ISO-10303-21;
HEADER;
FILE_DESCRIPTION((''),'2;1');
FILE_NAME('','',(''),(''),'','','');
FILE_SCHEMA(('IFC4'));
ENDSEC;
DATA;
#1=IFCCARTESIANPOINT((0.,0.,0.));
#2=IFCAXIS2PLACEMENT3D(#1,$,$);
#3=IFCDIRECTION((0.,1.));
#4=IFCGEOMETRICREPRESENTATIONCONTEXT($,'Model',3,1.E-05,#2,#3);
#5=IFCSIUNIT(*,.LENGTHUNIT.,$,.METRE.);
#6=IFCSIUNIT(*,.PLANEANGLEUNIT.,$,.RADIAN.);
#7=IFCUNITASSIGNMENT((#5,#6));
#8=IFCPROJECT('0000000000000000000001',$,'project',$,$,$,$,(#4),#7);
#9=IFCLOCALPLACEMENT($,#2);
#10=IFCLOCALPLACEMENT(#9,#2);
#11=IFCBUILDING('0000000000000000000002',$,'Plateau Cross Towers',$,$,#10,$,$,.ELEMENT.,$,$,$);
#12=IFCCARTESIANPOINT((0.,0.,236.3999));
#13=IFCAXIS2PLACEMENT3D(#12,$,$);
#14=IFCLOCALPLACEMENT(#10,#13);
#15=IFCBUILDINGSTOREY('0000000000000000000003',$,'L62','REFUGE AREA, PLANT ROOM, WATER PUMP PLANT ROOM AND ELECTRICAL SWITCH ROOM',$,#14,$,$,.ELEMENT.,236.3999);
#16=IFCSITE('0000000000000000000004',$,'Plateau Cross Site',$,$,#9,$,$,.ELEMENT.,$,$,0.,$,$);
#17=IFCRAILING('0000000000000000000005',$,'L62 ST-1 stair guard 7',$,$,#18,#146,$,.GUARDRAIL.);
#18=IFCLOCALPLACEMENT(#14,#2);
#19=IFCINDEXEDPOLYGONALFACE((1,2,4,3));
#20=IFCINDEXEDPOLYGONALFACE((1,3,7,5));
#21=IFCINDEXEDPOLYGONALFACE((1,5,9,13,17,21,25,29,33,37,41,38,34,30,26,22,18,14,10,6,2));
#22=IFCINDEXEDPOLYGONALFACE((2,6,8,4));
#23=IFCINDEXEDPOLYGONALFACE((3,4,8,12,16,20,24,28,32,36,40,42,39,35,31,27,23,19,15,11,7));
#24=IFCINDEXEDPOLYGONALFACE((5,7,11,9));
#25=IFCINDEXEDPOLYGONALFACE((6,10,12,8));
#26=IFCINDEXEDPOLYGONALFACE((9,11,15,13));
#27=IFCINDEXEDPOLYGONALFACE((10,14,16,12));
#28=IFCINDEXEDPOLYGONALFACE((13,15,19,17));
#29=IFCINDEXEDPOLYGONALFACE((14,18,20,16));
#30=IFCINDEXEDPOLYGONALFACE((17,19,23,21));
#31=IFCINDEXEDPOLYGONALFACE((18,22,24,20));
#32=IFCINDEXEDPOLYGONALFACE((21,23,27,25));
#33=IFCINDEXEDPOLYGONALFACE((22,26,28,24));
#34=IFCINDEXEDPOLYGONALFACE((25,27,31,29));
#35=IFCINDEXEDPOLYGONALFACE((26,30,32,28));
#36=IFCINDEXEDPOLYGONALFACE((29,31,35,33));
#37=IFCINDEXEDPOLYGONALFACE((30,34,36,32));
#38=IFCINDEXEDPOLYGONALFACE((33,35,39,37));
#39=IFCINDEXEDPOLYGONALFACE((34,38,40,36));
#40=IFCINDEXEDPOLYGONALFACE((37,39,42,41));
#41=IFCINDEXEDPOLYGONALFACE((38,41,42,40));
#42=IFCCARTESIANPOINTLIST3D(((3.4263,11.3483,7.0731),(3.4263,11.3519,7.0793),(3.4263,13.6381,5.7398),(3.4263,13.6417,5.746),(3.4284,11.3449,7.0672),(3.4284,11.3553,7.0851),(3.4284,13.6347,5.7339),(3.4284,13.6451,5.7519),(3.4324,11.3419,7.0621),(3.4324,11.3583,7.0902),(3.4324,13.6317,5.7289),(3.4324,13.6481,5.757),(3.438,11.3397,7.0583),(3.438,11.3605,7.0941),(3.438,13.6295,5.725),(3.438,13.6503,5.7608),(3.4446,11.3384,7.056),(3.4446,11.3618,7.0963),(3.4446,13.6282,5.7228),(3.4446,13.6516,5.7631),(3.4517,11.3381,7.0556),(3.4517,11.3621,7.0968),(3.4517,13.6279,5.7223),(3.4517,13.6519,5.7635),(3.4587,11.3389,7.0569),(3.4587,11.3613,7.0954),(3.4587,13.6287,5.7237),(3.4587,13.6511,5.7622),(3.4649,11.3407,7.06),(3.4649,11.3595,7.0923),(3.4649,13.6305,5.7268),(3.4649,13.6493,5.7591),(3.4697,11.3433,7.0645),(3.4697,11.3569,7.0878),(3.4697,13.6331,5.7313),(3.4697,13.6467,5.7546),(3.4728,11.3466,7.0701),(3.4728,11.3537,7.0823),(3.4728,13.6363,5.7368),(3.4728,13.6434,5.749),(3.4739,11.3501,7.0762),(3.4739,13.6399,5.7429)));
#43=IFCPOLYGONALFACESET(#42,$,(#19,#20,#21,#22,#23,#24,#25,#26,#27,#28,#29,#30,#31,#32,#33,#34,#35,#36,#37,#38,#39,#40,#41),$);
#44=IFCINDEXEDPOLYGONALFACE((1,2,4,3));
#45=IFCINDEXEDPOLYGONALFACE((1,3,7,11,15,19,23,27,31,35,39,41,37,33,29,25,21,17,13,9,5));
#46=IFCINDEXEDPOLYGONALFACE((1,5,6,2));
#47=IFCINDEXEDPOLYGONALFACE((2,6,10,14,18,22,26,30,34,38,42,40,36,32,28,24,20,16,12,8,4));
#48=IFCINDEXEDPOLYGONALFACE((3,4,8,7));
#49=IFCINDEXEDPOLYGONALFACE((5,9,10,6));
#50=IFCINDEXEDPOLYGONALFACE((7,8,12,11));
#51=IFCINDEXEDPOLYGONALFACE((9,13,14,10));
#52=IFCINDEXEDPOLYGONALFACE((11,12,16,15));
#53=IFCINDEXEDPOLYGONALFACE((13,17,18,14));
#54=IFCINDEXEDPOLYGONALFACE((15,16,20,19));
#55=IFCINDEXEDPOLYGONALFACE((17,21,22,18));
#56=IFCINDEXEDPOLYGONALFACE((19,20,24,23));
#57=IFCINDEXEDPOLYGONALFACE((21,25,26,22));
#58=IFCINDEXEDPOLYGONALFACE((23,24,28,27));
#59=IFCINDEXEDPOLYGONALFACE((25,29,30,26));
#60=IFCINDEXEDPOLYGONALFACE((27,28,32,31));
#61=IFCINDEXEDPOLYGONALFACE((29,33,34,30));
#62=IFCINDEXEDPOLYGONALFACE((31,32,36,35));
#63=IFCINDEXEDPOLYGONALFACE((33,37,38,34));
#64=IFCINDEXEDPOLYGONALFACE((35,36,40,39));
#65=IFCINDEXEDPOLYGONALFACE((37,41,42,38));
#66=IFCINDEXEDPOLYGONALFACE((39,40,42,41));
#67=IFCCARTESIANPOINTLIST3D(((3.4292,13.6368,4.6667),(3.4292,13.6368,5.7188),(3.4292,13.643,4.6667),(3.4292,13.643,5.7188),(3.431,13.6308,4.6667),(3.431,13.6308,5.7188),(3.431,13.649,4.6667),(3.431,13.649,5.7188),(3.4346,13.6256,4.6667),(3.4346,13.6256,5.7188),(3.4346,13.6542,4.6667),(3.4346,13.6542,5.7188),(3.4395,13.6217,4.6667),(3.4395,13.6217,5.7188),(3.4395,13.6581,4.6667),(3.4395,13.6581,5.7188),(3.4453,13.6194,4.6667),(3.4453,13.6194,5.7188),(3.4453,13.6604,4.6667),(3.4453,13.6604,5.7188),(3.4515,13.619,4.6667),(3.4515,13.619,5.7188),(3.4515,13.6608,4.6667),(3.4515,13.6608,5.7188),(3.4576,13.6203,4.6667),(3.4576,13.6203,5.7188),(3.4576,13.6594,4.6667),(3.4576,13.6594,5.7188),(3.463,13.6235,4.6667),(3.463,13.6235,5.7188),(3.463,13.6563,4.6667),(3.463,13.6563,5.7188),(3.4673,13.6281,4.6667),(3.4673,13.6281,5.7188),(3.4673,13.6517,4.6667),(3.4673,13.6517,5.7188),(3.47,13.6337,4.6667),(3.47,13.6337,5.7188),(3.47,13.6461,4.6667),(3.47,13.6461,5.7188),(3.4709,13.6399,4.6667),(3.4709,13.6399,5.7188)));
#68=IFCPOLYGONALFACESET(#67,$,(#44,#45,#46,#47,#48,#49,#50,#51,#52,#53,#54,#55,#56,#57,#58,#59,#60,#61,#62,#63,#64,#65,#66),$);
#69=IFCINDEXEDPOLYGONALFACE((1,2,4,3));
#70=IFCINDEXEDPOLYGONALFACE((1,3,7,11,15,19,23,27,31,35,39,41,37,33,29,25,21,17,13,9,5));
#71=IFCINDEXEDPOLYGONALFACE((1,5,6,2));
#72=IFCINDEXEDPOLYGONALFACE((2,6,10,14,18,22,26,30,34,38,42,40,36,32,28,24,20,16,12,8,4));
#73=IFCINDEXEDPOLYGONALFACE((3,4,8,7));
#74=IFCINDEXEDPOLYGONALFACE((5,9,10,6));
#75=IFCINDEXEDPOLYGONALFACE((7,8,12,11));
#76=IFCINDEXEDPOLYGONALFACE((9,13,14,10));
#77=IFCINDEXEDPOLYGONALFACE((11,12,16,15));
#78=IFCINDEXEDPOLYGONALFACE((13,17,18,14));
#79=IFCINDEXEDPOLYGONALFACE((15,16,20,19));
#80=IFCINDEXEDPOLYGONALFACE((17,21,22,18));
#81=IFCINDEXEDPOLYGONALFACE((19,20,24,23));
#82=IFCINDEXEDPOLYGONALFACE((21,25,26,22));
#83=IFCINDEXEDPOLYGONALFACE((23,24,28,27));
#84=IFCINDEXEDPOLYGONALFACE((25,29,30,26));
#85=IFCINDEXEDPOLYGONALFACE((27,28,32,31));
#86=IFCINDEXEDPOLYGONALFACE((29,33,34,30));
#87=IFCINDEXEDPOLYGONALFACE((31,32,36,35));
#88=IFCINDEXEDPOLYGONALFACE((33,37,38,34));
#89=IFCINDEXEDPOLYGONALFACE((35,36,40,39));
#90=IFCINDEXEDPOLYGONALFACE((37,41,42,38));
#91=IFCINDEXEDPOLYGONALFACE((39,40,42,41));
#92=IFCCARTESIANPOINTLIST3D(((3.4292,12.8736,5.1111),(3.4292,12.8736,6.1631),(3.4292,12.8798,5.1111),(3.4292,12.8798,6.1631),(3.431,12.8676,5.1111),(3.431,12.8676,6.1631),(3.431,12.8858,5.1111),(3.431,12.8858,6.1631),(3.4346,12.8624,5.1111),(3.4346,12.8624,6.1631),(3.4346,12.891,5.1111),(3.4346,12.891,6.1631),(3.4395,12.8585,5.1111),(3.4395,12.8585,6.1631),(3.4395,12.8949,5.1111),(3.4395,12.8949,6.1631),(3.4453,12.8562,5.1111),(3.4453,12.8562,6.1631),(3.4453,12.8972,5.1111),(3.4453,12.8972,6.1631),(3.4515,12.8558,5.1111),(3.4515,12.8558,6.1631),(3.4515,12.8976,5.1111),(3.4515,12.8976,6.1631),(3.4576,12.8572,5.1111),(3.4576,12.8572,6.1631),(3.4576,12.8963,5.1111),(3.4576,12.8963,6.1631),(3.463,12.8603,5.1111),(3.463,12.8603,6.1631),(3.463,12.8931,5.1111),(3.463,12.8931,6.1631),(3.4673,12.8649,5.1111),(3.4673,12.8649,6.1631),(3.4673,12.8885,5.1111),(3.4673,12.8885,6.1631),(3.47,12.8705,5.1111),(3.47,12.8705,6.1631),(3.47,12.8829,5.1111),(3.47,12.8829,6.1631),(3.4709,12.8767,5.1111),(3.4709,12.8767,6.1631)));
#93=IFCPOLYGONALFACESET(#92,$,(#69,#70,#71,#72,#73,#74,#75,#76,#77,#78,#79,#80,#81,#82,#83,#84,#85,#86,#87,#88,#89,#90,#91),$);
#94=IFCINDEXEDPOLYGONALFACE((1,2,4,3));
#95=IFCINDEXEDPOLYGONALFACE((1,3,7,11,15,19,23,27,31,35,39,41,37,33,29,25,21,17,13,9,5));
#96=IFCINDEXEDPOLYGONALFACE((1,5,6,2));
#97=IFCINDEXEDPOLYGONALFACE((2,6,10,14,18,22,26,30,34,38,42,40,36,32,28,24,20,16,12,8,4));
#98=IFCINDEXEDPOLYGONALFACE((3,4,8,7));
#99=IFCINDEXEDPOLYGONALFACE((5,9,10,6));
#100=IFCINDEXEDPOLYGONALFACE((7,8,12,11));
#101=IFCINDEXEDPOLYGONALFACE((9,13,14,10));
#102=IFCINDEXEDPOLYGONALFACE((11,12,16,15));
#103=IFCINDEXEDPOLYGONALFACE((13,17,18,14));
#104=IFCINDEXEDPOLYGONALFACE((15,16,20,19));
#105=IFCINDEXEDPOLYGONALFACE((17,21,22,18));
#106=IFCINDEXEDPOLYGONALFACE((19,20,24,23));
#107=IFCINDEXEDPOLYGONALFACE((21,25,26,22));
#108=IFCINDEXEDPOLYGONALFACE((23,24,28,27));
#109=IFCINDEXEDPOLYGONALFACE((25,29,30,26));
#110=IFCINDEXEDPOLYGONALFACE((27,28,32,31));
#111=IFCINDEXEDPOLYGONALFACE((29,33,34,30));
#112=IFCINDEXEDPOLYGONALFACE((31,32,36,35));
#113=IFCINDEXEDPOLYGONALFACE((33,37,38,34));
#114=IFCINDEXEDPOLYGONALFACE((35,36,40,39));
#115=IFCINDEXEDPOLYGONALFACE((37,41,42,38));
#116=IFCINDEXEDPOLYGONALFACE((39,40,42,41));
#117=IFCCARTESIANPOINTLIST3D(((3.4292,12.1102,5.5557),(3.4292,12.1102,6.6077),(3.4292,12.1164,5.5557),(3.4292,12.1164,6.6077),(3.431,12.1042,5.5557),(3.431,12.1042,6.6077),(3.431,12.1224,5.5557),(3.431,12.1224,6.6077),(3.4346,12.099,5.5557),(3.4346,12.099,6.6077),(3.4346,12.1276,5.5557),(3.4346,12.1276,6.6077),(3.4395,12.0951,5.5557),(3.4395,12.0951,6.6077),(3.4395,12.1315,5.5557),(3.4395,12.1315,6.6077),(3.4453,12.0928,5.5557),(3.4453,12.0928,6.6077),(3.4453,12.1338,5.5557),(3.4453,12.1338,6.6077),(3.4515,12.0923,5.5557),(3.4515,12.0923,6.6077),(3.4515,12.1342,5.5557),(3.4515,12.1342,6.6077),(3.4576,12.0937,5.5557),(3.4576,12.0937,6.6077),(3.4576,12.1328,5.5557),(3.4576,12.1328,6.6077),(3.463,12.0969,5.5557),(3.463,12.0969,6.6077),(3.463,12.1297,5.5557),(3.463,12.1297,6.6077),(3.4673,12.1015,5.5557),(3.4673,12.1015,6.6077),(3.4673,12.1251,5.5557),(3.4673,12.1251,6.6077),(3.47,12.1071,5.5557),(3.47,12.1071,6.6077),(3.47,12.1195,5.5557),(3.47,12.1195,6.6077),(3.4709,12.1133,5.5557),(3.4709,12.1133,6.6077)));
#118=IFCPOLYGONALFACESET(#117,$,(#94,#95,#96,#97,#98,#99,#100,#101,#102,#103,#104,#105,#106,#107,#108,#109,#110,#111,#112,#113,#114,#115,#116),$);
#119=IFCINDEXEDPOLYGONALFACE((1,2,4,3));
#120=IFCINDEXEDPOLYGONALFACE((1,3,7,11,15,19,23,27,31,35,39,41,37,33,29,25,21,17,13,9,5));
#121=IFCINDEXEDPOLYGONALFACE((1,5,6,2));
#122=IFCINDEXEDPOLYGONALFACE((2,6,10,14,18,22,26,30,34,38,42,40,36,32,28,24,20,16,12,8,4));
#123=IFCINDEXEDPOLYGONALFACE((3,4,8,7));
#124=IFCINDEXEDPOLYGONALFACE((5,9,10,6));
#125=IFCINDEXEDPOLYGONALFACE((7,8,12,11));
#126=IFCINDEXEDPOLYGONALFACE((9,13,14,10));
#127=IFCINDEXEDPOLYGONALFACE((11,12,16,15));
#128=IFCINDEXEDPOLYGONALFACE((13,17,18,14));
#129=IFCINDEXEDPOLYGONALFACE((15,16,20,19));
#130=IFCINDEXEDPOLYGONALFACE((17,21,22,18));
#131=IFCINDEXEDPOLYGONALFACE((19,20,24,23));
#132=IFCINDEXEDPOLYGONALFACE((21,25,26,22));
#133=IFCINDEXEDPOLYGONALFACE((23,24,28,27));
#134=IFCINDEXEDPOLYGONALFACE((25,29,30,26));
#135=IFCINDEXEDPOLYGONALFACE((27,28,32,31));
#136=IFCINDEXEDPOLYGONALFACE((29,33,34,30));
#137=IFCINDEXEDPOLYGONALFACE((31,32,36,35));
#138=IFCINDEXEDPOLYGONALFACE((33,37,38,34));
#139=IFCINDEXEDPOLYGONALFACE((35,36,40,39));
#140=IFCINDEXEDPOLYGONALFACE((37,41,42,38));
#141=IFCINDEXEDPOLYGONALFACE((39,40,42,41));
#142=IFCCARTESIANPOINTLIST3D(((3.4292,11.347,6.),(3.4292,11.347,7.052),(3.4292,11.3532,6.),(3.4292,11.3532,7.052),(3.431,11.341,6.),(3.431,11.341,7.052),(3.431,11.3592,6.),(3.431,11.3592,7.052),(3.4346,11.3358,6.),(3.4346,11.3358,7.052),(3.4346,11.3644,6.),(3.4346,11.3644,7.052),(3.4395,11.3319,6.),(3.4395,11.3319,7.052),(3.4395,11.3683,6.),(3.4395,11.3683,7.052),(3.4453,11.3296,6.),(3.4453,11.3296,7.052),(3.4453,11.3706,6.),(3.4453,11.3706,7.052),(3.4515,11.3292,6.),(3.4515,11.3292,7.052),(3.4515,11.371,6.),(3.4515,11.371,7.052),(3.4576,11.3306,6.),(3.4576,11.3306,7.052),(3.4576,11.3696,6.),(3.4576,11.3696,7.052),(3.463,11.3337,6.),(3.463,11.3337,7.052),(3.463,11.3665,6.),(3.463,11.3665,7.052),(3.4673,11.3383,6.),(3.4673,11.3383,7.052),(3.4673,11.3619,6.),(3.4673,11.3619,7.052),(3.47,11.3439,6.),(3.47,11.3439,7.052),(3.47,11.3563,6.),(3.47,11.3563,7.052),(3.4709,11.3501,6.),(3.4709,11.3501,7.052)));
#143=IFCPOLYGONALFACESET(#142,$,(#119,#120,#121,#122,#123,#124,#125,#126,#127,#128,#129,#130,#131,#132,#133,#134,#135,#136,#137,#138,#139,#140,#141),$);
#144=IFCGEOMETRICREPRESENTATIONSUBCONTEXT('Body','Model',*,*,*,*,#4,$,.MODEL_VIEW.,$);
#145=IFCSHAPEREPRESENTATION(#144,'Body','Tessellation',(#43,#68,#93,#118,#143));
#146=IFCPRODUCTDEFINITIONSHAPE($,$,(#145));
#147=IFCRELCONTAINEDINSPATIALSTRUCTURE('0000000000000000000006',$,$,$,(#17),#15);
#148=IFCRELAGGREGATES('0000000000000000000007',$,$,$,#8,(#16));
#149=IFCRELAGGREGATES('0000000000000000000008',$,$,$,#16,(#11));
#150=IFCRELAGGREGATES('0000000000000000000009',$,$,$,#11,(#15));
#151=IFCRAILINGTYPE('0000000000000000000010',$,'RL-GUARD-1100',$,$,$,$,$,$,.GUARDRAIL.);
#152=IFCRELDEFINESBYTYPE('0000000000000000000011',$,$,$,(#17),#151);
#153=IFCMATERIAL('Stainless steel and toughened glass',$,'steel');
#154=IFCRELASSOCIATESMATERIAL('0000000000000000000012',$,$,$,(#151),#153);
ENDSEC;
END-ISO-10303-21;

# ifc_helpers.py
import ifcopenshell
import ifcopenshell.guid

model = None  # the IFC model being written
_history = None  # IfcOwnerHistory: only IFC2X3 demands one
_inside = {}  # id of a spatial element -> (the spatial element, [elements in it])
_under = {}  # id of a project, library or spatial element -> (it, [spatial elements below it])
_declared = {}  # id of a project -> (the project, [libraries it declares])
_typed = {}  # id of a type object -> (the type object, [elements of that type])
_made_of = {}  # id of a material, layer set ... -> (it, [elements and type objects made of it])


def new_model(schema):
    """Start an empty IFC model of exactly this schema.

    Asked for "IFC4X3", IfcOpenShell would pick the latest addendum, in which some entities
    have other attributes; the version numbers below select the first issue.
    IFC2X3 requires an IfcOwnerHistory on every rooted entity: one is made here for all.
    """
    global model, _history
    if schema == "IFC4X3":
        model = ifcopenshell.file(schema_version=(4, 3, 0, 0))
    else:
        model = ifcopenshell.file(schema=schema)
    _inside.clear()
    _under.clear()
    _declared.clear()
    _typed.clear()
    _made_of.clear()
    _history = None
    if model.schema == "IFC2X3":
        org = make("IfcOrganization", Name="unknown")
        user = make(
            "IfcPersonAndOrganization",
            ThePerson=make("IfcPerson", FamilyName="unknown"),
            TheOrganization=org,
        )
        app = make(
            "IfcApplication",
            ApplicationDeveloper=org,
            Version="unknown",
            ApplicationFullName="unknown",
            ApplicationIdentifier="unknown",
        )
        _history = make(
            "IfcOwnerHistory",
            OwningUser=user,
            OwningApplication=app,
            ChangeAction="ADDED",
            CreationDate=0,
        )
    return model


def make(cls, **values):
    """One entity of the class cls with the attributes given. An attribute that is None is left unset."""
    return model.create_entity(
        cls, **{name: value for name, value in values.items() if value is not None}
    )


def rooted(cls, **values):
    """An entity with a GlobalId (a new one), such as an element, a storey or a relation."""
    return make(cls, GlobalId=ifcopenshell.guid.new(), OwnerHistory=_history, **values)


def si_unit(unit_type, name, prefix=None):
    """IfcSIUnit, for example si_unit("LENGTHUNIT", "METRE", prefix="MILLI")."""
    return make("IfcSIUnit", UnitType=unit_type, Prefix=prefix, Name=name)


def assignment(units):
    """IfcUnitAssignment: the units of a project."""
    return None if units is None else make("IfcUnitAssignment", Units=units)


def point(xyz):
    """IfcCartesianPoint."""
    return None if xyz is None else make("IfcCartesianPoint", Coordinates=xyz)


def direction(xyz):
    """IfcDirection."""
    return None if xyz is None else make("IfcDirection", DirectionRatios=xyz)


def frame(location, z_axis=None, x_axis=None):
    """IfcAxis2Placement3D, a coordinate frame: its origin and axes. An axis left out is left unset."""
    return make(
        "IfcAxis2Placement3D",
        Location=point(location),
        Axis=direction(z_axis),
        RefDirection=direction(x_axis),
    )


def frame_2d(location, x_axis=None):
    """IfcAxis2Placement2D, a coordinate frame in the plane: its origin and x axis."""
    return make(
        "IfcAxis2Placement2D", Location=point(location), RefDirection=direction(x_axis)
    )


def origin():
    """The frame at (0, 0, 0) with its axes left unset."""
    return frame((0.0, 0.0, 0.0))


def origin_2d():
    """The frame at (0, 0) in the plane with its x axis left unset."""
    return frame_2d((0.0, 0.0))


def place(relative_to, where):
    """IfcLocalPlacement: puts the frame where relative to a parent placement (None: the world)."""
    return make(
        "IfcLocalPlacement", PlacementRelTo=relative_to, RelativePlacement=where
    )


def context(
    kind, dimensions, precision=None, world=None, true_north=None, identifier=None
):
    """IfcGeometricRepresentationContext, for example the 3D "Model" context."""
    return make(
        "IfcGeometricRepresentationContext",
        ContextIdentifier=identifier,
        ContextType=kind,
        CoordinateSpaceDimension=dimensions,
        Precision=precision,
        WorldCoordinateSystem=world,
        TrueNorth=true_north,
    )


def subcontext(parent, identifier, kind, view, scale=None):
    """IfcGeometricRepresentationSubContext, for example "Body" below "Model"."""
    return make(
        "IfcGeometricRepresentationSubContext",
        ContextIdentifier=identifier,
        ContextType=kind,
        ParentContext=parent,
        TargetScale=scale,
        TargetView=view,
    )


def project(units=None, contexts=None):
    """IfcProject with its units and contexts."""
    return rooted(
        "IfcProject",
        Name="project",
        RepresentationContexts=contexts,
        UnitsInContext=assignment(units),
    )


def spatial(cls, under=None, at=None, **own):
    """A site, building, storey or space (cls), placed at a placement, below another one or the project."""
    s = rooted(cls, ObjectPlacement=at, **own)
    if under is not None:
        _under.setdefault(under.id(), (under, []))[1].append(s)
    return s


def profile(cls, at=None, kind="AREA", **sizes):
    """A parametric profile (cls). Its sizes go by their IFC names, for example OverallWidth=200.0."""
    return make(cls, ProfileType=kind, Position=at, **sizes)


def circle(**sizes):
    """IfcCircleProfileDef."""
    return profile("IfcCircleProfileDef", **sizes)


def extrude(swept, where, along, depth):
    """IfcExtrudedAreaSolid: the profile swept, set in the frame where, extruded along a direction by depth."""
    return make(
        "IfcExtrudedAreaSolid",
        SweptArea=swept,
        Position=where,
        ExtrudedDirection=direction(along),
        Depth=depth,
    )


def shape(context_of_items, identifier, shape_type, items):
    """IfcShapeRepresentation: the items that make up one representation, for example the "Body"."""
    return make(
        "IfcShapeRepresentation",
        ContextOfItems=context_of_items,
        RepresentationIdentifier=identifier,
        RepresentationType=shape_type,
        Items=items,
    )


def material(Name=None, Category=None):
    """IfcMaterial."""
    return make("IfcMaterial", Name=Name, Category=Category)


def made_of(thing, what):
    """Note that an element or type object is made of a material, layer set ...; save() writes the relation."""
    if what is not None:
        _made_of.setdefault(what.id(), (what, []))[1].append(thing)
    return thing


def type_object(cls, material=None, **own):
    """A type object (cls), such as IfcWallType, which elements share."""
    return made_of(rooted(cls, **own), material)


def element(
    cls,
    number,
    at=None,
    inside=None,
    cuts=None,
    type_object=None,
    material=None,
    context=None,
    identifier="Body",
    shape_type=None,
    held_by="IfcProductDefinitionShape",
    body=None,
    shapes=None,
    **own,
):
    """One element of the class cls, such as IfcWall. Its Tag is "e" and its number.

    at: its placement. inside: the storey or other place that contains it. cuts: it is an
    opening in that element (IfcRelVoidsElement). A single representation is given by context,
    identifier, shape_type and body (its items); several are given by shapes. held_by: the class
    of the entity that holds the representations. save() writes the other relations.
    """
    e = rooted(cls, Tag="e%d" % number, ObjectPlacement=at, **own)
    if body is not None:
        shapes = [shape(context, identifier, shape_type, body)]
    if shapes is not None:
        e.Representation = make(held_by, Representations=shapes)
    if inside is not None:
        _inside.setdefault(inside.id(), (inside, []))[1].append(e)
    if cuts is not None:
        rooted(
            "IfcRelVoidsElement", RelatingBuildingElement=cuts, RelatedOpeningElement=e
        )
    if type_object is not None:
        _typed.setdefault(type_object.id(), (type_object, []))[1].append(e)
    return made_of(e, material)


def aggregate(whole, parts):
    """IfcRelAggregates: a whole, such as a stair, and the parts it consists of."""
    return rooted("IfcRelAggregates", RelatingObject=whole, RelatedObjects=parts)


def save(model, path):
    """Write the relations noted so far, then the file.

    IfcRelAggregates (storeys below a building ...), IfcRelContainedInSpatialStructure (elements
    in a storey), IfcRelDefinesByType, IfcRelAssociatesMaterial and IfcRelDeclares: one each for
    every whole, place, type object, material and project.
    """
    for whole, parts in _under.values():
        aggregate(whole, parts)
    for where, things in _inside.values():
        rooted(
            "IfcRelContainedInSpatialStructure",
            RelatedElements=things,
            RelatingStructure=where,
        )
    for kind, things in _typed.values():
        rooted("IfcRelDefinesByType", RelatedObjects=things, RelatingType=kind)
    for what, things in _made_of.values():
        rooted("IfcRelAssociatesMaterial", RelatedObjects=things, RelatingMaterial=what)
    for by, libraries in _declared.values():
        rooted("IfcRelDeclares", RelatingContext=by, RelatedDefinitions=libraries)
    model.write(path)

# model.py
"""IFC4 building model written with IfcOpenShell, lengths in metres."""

from ifc_helpers import new_model, si_unit, direction, frame, origin, origin_2d, place, context, subcontext, project, spatial, circle, extrude, material, type_object, element, save


model = new_model("IFC4")

# Units and contexts
model_context = context("Model", 3, precision=1e-05, world=origin(), true_north=direction((0.0, 1.0)))
body_context = subcontext(model_context, "Body", "Model", "MODEL_VIEW")
ifc_project = project(units=[si_unit("LENGTHUNIT", "METRE"), si_unit("PLANEANGLEUNIT", "RADIAN")], contexts=[model_context])

# Site, building, storey
site_placement = place(None, origin())
site = spatial("IfcSite", under=ifc_project, at=site_placement, Name="Plateau Cross Site", CompositionType="ELEMENT", RefElevation=0.0)
building_placement = place(site_placement, origin())
building = spatial("IfcBuilding", under=site, at=building_placement, Name="Plateau Cross Towers", CompositionType="ELEMENT")
storey_placement = place(building_placement, frame((0.0, 0.0, 236.3999)))
storey = spatial("IfcBuildingStorey", under=building, at=storey_placement, Name="L62", Description="REFUGE AREA, PLANT ROOM, WATER PUMP PLANT ROOM AND ELECTRICAL SWITCH ROOM", CompositionType="ELEMENT", Elevation=236.3999)

# Railing
ifc_material_1 = material(Name="Stainless steel and toughened glass", Category="steel")
railing_type_1 = type_object("IfcRailingType", Name="RL-GUARD-1100", PredefinedType="GUARDRAIL", material=ifc_material_1)
railing_1_placement = place(storey_placement, frame((3.45, 13.6399, 4.6667)))
element("IfcRailing", 1, at=railing_1_placement, inside=storey, type_object=railing_type_1, Name="L62 ST-1 stair guard 7", PredefinedType="GUARDRAIL", context=body_context, shape_type="SweptSolid", body=[
    extrude(circle(Radius=0.0239, at=origin_2d()), frame((0.0, 0.0, 1.0762), z_axis=(0.0, -0.864183, 0.503178), x_axis=(1.0, 0.0, 0.0)), (0.0, 0.0, 1.0), 2.6497),
    extrude(circle(Radius=0.021, at=origin_2d()), origin(), (0.0, 0.0, 1.0), 1.052),
    extrude(circle(Radius=0.021, at=origin_2d()), frame((0.0, -0.7632, 0.4443)), (0.0, 0.0, 1.0), 1.052),
    extrude(circle(Radius=0.021, at=origin_2d()), frame((0.0, -1.5266, 0.8889)), (0.0, 0.0, 1.0), 1.052),
    extrude(circle(Radius=0.021, at=origin_2d()), frame((0.0, -2.2898, 1.3333)), (0.0, 0.0, 1.0), 1.052),
])

save(model, "model.ifc")
